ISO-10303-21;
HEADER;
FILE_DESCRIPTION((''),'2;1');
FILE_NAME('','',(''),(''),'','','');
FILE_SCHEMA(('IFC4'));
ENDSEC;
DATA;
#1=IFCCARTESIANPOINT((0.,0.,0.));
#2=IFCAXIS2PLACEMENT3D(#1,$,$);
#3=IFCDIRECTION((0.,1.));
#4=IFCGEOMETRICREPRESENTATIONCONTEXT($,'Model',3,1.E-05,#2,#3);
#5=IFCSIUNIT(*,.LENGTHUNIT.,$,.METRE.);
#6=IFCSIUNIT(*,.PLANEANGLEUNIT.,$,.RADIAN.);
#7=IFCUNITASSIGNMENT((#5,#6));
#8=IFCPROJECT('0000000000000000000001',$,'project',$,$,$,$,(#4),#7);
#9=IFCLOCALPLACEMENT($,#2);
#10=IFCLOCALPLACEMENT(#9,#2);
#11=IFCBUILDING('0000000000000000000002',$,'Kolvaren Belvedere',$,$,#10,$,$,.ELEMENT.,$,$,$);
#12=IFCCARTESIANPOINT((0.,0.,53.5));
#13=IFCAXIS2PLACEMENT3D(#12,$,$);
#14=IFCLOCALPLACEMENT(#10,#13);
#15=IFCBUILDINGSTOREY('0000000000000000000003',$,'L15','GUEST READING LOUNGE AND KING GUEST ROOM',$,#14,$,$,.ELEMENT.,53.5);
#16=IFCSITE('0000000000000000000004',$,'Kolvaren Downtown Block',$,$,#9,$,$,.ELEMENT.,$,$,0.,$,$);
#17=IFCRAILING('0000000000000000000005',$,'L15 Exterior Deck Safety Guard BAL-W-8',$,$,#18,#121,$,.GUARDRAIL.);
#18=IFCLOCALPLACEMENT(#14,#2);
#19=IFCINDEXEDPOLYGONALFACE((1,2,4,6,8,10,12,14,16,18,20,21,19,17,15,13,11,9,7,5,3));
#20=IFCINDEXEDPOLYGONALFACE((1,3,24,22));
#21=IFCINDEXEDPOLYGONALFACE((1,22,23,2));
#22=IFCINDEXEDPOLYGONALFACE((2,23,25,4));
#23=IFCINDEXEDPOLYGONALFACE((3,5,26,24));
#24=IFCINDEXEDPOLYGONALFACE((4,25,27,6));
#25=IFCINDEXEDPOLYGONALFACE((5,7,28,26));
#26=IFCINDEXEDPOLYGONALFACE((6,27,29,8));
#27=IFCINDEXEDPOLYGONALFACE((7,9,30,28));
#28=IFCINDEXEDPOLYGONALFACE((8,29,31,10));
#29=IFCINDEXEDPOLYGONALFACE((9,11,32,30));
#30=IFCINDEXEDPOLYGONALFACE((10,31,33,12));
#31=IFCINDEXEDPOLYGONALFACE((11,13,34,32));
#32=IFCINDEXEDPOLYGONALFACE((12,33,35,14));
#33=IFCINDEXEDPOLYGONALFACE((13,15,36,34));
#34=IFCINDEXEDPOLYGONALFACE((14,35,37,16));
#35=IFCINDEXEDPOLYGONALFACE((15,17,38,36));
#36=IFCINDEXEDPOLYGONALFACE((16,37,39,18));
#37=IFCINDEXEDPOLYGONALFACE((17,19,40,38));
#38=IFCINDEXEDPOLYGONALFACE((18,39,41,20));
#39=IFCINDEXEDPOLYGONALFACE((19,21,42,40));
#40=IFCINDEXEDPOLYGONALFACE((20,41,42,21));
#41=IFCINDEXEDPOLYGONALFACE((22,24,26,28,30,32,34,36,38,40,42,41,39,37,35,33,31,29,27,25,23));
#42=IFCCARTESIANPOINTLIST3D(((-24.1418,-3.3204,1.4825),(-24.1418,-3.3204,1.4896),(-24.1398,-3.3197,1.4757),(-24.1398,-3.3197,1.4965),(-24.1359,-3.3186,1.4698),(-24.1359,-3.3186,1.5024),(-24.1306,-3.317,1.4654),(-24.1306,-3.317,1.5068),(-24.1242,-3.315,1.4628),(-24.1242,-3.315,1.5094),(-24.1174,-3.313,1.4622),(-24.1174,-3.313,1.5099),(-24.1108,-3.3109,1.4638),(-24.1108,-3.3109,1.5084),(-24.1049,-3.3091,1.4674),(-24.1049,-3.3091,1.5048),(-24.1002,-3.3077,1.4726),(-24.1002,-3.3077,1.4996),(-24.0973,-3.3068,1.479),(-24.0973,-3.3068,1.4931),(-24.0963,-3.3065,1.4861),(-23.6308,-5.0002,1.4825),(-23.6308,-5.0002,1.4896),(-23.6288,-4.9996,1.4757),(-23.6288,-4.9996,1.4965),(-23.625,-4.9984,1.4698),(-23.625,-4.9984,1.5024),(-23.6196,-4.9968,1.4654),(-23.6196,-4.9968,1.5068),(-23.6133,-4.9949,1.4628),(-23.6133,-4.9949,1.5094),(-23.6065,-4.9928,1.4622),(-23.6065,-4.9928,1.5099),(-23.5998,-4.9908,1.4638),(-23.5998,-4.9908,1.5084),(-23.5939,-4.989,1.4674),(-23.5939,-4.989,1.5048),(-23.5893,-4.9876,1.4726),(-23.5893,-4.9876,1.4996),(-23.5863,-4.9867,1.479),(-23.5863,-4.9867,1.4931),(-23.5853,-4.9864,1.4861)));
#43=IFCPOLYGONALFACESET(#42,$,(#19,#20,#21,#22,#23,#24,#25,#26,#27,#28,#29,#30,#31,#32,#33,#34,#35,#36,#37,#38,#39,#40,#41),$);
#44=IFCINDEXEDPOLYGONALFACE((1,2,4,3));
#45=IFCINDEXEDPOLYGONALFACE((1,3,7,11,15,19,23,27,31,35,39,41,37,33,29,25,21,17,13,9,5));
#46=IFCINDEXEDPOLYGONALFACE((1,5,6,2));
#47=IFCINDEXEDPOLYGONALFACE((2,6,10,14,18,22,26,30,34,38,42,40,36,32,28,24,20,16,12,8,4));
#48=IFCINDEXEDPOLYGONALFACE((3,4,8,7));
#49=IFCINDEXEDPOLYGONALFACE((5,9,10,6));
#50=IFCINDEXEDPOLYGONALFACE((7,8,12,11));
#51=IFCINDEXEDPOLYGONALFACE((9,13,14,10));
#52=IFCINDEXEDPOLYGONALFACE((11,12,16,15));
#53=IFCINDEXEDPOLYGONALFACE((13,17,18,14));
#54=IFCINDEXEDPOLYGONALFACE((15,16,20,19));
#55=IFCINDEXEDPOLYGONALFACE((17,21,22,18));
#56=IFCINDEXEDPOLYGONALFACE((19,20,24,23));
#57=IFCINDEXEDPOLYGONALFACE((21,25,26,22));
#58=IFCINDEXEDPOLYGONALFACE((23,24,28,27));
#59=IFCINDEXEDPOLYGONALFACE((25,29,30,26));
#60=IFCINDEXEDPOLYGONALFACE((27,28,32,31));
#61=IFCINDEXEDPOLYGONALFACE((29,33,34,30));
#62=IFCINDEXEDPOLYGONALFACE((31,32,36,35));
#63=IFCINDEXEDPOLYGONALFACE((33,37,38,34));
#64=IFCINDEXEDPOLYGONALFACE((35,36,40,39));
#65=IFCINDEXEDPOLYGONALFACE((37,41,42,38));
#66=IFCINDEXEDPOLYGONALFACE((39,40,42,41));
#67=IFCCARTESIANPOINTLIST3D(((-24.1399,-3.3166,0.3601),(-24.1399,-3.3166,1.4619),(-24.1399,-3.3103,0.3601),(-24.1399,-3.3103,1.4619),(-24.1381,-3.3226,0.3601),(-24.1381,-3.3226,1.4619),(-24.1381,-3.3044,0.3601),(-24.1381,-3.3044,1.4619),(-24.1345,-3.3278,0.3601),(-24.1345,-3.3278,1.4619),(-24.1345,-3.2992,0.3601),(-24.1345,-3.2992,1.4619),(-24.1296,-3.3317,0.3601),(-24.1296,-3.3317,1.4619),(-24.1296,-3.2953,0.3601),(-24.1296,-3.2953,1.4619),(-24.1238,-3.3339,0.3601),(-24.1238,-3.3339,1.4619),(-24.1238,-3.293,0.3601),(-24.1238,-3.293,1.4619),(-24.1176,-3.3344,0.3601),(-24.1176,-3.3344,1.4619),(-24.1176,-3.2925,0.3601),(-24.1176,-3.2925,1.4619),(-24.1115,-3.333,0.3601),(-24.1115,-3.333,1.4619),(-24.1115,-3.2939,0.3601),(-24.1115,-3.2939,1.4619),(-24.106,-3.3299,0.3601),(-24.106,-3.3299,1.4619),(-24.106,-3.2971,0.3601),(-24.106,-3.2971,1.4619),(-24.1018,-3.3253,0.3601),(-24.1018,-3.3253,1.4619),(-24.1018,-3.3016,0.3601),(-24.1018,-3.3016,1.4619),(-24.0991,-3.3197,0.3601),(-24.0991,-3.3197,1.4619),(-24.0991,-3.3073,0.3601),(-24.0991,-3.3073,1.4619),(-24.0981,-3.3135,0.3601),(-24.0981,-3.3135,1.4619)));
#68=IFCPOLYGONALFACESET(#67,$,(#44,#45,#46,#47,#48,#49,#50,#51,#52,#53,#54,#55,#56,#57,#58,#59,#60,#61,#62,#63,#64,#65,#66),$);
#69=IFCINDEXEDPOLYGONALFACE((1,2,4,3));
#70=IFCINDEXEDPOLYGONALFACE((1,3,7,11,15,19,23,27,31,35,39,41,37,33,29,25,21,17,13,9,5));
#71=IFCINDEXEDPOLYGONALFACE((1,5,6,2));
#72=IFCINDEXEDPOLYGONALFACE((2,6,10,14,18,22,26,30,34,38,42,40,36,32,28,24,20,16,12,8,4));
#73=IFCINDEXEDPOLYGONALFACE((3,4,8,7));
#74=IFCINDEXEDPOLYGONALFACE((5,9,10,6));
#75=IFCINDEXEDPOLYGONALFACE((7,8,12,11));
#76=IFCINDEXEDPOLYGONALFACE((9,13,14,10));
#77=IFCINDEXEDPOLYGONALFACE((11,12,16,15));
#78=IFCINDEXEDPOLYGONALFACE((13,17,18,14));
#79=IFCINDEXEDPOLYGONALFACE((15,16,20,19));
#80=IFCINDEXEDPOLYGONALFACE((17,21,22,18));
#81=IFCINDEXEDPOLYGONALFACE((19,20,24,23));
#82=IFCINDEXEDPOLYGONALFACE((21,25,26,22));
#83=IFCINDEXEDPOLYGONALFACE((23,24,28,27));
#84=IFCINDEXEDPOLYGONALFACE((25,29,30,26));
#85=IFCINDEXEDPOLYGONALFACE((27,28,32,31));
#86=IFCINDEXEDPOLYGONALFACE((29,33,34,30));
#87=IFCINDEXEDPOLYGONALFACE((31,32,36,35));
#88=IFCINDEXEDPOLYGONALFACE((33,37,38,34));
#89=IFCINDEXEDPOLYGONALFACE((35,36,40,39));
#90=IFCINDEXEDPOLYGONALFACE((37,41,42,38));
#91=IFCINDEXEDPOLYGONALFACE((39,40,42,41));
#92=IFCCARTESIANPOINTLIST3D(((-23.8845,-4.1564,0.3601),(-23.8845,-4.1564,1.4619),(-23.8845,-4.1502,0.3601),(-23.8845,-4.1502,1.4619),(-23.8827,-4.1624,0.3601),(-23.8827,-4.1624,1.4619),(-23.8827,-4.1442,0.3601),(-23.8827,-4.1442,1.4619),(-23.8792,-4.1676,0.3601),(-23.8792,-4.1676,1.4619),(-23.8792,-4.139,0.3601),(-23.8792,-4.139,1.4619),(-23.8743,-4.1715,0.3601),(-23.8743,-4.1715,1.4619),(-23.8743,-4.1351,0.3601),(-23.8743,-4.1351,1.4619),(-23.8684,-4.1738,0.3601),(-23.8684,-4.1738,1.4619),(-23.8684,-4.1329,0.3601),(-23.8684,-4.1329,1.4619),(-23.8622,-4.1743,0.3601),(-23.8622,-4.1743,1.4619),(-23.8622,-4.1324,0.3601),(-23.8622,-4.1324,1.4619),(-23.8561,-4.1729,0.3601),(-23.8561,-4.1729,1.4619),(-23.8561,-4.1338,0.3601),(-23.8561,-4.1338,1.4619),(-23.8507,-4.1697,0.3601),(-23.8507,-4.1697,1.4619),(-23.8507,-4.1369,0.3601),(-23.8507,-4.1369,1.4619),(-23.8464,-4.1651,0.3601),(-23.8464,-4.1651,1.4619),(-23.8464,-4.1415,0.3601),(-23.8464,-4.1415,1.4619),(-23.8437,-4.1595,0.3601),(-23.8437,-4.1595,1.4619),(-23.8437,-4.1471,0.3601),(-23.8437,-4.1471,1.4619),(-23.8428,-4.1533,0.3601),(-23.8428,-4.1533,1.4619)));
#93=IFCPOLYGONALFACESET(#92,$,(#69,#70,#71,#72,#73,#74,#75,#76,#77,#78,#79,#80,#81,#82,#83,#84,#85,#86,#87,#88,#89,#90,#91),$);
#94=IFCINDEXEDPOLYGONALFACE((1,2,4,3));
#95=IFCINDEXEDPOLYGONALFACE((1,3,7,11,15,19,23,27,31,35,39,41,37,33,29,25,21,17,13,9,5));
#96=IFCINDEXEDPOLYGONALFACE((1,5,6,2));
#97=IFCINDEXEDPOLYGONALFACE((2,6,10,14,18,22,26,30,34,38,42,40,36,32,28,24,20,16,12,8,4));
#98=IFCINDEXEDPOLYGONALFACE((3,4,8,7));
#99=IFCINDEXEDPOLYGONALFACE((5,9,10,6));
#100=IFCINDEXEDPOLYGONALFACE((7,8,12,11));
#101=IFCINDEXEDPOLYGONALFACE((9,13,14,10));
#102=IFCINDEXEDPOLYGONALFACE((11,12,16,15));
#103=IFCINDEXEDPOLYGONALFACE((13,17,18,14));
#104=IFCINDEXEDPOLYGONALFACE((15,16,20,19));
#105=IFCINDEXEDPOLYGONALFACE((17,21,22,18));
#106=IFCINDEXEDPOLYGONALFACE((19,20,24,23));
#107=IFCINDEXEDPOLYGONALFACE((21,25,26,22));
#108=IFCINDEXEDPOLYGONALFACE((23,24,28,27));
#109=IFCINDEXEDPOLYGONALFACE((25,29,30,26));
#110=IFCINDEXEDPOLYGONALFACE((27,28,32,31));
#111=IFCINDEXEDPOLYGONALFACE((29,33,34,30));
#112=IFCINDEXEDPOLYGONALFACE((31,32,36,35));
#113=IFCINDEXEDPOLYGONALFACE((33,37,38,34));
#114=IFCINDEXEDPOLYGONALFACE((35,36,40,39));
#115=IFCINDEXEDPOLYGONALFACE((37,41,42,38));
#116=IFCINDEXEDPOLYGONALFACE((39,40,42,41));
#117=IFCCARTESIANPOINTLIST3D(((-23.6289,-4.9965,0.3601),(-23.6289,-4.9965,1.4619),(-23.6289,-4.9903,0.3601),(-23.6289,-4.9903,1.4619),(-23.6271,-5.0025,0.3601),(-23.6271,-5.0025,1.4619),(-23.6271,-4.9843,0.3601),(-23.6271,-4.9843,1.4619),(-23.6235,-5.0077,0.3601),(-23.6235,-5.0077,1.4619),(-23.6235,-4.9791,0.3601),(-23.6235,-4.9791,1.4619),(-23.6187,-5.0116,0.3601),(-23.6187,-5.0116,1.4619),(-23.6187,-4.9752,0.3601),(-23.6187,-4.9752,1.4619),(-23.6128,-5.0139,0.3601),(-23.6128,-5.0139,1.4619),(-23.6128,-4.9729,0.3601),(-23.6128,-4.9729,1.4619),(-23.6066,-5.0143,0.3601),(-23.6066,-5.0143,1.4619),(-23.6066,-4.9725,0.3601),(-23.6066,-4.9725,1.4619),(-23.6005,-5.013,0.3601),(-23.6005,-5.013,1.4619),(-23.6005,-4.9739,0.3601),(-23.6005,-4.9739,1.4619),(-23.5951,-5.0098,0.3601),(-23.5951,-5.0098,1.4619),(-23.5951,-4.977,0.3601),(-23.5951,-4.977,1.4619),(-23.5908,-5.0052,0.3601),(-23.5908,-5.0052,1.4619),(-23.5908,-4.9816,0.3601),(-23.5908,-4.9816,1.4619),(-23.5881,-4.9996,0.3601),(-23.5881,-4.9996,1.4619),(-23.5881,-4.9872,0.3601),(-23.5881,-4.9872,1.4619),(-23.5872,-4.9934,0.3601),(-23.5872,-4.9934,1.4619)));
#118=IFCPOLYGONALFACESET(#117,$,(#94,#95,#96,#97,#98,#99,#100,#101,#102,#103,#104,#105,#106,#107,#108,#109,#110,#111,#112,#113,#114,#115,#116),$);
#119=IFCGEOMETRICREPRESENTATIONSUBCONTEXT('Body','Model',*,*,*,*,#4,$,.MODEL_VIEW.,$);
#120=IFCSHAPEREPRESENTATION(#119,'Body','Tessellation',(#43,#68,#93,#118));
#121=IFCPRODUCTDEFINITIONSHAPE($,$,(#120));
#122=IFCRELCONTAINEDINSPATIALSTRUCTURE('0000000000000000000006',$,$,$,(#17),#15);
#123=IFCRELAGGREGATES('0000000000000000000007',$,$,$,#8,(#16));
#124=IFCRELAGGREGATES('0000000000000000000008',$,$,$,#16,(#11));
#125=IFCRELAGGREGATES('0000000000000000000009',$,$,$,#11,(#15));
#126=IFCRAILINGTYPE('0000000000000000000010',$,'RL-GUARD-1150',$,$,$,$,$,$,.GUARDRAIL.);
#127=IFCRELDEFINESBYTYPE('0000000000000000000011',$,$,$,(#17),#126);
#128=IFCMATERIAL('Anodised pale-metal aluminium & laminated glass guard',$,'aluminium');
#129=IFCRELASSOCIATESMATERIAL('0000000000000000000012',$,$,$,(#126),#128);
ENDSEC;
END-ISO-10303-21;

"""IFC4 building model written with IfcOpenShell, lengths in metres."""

from ifc_helpers import new_model, si_unit, direction, frame, origin, origin_2d, place, context, subcontext, project, spatial, circle, extrude, material, type_object, element, save


model = new_model("IFC4")

# Units and contexts
model_context = context("Model", 3, precision=1e-05, world=origin(), true_north=direction((0.0, 1.0)))
body_context = subcontext(model_context, "Body", "Model", "MODEL_VIEW")
ifc_project = project(units=[si_unit("LENGTHUNIT", "METRE"), si_unit("PLANEANGLEUNIT", "RADIAN")], contexts=[model_context])

# Site, building, storey
site_placement = place(None, origin())
site = spatial("IfcSite", under=ifc_project, at=site_placement, Name="Kolvaren Downtown Block", CompositionType="ELEMENT", RefElevation=0.0)
building_placement = place(site_placement, origin())
building = spatial("IfcBuilding", under=site, at=building_placement, Name="Kolvaren Belvedere", CompositionType="ELEMENT")
storey_placement = place(building_placement, frame((0.0, 0.0, 53.5)))
storey = spatial("IfcBuildingStorey", under=building, at=storey_placement, Name="L15", Description="GUEST READING LOUNGE AND KING GUEST ROOM", CompositionType="ELEMENT", Elevation=53.5)

# Railing
ifc_material_1 = material(Name="Anodised pale-metal aluminium & laminated glass guard", Category="aluminium")
railing_type = type_object("IfcRailingType", Name="RL-GUARD-1150", PredefinedType="GUARDRAIL", material=ifc_material_1)
railing_1_placement = place(storey_placement, frame((-24.1191, -3.3135, 0.3601)))
element("IfcRailing", 1, at=railing_1_placement, inside=storey, type_object=railing_type, Name="L15 Exterior Deck Safety Guard BAL-W-8", PredefinedType="GUARDRAIL", context=body_context, shape_type="SweptSolid", body=[
    extrude(circle(Radius=0.0239, at=origin_2d()), frame((0.0, 0.0, 1.126), z_axis=(0.291007, -0.956721, 0.0), x_axis=(0.956721, 0.291007, 0.0)), (0.0, 0.0, 1.0), 1.7559),
    extrude(circle(Radius=0.021, at=origin_2d()), origin(), (0.0, 0.0, 1.0), 1.1018),
    extrude(circle(Radius=0.021, at=origin_2d()), frame((0.2554, -0.8398, 0.0)), (0.0, 0.0, 1.0), 1.1018),
    extrude(circle(Radius=0.021, at=origin_2d()), frame((0.511, -1.6799, 0.0)), (0.0, 0.0, 1.0), 1.1018),
])

save(model, "model.ifc")
